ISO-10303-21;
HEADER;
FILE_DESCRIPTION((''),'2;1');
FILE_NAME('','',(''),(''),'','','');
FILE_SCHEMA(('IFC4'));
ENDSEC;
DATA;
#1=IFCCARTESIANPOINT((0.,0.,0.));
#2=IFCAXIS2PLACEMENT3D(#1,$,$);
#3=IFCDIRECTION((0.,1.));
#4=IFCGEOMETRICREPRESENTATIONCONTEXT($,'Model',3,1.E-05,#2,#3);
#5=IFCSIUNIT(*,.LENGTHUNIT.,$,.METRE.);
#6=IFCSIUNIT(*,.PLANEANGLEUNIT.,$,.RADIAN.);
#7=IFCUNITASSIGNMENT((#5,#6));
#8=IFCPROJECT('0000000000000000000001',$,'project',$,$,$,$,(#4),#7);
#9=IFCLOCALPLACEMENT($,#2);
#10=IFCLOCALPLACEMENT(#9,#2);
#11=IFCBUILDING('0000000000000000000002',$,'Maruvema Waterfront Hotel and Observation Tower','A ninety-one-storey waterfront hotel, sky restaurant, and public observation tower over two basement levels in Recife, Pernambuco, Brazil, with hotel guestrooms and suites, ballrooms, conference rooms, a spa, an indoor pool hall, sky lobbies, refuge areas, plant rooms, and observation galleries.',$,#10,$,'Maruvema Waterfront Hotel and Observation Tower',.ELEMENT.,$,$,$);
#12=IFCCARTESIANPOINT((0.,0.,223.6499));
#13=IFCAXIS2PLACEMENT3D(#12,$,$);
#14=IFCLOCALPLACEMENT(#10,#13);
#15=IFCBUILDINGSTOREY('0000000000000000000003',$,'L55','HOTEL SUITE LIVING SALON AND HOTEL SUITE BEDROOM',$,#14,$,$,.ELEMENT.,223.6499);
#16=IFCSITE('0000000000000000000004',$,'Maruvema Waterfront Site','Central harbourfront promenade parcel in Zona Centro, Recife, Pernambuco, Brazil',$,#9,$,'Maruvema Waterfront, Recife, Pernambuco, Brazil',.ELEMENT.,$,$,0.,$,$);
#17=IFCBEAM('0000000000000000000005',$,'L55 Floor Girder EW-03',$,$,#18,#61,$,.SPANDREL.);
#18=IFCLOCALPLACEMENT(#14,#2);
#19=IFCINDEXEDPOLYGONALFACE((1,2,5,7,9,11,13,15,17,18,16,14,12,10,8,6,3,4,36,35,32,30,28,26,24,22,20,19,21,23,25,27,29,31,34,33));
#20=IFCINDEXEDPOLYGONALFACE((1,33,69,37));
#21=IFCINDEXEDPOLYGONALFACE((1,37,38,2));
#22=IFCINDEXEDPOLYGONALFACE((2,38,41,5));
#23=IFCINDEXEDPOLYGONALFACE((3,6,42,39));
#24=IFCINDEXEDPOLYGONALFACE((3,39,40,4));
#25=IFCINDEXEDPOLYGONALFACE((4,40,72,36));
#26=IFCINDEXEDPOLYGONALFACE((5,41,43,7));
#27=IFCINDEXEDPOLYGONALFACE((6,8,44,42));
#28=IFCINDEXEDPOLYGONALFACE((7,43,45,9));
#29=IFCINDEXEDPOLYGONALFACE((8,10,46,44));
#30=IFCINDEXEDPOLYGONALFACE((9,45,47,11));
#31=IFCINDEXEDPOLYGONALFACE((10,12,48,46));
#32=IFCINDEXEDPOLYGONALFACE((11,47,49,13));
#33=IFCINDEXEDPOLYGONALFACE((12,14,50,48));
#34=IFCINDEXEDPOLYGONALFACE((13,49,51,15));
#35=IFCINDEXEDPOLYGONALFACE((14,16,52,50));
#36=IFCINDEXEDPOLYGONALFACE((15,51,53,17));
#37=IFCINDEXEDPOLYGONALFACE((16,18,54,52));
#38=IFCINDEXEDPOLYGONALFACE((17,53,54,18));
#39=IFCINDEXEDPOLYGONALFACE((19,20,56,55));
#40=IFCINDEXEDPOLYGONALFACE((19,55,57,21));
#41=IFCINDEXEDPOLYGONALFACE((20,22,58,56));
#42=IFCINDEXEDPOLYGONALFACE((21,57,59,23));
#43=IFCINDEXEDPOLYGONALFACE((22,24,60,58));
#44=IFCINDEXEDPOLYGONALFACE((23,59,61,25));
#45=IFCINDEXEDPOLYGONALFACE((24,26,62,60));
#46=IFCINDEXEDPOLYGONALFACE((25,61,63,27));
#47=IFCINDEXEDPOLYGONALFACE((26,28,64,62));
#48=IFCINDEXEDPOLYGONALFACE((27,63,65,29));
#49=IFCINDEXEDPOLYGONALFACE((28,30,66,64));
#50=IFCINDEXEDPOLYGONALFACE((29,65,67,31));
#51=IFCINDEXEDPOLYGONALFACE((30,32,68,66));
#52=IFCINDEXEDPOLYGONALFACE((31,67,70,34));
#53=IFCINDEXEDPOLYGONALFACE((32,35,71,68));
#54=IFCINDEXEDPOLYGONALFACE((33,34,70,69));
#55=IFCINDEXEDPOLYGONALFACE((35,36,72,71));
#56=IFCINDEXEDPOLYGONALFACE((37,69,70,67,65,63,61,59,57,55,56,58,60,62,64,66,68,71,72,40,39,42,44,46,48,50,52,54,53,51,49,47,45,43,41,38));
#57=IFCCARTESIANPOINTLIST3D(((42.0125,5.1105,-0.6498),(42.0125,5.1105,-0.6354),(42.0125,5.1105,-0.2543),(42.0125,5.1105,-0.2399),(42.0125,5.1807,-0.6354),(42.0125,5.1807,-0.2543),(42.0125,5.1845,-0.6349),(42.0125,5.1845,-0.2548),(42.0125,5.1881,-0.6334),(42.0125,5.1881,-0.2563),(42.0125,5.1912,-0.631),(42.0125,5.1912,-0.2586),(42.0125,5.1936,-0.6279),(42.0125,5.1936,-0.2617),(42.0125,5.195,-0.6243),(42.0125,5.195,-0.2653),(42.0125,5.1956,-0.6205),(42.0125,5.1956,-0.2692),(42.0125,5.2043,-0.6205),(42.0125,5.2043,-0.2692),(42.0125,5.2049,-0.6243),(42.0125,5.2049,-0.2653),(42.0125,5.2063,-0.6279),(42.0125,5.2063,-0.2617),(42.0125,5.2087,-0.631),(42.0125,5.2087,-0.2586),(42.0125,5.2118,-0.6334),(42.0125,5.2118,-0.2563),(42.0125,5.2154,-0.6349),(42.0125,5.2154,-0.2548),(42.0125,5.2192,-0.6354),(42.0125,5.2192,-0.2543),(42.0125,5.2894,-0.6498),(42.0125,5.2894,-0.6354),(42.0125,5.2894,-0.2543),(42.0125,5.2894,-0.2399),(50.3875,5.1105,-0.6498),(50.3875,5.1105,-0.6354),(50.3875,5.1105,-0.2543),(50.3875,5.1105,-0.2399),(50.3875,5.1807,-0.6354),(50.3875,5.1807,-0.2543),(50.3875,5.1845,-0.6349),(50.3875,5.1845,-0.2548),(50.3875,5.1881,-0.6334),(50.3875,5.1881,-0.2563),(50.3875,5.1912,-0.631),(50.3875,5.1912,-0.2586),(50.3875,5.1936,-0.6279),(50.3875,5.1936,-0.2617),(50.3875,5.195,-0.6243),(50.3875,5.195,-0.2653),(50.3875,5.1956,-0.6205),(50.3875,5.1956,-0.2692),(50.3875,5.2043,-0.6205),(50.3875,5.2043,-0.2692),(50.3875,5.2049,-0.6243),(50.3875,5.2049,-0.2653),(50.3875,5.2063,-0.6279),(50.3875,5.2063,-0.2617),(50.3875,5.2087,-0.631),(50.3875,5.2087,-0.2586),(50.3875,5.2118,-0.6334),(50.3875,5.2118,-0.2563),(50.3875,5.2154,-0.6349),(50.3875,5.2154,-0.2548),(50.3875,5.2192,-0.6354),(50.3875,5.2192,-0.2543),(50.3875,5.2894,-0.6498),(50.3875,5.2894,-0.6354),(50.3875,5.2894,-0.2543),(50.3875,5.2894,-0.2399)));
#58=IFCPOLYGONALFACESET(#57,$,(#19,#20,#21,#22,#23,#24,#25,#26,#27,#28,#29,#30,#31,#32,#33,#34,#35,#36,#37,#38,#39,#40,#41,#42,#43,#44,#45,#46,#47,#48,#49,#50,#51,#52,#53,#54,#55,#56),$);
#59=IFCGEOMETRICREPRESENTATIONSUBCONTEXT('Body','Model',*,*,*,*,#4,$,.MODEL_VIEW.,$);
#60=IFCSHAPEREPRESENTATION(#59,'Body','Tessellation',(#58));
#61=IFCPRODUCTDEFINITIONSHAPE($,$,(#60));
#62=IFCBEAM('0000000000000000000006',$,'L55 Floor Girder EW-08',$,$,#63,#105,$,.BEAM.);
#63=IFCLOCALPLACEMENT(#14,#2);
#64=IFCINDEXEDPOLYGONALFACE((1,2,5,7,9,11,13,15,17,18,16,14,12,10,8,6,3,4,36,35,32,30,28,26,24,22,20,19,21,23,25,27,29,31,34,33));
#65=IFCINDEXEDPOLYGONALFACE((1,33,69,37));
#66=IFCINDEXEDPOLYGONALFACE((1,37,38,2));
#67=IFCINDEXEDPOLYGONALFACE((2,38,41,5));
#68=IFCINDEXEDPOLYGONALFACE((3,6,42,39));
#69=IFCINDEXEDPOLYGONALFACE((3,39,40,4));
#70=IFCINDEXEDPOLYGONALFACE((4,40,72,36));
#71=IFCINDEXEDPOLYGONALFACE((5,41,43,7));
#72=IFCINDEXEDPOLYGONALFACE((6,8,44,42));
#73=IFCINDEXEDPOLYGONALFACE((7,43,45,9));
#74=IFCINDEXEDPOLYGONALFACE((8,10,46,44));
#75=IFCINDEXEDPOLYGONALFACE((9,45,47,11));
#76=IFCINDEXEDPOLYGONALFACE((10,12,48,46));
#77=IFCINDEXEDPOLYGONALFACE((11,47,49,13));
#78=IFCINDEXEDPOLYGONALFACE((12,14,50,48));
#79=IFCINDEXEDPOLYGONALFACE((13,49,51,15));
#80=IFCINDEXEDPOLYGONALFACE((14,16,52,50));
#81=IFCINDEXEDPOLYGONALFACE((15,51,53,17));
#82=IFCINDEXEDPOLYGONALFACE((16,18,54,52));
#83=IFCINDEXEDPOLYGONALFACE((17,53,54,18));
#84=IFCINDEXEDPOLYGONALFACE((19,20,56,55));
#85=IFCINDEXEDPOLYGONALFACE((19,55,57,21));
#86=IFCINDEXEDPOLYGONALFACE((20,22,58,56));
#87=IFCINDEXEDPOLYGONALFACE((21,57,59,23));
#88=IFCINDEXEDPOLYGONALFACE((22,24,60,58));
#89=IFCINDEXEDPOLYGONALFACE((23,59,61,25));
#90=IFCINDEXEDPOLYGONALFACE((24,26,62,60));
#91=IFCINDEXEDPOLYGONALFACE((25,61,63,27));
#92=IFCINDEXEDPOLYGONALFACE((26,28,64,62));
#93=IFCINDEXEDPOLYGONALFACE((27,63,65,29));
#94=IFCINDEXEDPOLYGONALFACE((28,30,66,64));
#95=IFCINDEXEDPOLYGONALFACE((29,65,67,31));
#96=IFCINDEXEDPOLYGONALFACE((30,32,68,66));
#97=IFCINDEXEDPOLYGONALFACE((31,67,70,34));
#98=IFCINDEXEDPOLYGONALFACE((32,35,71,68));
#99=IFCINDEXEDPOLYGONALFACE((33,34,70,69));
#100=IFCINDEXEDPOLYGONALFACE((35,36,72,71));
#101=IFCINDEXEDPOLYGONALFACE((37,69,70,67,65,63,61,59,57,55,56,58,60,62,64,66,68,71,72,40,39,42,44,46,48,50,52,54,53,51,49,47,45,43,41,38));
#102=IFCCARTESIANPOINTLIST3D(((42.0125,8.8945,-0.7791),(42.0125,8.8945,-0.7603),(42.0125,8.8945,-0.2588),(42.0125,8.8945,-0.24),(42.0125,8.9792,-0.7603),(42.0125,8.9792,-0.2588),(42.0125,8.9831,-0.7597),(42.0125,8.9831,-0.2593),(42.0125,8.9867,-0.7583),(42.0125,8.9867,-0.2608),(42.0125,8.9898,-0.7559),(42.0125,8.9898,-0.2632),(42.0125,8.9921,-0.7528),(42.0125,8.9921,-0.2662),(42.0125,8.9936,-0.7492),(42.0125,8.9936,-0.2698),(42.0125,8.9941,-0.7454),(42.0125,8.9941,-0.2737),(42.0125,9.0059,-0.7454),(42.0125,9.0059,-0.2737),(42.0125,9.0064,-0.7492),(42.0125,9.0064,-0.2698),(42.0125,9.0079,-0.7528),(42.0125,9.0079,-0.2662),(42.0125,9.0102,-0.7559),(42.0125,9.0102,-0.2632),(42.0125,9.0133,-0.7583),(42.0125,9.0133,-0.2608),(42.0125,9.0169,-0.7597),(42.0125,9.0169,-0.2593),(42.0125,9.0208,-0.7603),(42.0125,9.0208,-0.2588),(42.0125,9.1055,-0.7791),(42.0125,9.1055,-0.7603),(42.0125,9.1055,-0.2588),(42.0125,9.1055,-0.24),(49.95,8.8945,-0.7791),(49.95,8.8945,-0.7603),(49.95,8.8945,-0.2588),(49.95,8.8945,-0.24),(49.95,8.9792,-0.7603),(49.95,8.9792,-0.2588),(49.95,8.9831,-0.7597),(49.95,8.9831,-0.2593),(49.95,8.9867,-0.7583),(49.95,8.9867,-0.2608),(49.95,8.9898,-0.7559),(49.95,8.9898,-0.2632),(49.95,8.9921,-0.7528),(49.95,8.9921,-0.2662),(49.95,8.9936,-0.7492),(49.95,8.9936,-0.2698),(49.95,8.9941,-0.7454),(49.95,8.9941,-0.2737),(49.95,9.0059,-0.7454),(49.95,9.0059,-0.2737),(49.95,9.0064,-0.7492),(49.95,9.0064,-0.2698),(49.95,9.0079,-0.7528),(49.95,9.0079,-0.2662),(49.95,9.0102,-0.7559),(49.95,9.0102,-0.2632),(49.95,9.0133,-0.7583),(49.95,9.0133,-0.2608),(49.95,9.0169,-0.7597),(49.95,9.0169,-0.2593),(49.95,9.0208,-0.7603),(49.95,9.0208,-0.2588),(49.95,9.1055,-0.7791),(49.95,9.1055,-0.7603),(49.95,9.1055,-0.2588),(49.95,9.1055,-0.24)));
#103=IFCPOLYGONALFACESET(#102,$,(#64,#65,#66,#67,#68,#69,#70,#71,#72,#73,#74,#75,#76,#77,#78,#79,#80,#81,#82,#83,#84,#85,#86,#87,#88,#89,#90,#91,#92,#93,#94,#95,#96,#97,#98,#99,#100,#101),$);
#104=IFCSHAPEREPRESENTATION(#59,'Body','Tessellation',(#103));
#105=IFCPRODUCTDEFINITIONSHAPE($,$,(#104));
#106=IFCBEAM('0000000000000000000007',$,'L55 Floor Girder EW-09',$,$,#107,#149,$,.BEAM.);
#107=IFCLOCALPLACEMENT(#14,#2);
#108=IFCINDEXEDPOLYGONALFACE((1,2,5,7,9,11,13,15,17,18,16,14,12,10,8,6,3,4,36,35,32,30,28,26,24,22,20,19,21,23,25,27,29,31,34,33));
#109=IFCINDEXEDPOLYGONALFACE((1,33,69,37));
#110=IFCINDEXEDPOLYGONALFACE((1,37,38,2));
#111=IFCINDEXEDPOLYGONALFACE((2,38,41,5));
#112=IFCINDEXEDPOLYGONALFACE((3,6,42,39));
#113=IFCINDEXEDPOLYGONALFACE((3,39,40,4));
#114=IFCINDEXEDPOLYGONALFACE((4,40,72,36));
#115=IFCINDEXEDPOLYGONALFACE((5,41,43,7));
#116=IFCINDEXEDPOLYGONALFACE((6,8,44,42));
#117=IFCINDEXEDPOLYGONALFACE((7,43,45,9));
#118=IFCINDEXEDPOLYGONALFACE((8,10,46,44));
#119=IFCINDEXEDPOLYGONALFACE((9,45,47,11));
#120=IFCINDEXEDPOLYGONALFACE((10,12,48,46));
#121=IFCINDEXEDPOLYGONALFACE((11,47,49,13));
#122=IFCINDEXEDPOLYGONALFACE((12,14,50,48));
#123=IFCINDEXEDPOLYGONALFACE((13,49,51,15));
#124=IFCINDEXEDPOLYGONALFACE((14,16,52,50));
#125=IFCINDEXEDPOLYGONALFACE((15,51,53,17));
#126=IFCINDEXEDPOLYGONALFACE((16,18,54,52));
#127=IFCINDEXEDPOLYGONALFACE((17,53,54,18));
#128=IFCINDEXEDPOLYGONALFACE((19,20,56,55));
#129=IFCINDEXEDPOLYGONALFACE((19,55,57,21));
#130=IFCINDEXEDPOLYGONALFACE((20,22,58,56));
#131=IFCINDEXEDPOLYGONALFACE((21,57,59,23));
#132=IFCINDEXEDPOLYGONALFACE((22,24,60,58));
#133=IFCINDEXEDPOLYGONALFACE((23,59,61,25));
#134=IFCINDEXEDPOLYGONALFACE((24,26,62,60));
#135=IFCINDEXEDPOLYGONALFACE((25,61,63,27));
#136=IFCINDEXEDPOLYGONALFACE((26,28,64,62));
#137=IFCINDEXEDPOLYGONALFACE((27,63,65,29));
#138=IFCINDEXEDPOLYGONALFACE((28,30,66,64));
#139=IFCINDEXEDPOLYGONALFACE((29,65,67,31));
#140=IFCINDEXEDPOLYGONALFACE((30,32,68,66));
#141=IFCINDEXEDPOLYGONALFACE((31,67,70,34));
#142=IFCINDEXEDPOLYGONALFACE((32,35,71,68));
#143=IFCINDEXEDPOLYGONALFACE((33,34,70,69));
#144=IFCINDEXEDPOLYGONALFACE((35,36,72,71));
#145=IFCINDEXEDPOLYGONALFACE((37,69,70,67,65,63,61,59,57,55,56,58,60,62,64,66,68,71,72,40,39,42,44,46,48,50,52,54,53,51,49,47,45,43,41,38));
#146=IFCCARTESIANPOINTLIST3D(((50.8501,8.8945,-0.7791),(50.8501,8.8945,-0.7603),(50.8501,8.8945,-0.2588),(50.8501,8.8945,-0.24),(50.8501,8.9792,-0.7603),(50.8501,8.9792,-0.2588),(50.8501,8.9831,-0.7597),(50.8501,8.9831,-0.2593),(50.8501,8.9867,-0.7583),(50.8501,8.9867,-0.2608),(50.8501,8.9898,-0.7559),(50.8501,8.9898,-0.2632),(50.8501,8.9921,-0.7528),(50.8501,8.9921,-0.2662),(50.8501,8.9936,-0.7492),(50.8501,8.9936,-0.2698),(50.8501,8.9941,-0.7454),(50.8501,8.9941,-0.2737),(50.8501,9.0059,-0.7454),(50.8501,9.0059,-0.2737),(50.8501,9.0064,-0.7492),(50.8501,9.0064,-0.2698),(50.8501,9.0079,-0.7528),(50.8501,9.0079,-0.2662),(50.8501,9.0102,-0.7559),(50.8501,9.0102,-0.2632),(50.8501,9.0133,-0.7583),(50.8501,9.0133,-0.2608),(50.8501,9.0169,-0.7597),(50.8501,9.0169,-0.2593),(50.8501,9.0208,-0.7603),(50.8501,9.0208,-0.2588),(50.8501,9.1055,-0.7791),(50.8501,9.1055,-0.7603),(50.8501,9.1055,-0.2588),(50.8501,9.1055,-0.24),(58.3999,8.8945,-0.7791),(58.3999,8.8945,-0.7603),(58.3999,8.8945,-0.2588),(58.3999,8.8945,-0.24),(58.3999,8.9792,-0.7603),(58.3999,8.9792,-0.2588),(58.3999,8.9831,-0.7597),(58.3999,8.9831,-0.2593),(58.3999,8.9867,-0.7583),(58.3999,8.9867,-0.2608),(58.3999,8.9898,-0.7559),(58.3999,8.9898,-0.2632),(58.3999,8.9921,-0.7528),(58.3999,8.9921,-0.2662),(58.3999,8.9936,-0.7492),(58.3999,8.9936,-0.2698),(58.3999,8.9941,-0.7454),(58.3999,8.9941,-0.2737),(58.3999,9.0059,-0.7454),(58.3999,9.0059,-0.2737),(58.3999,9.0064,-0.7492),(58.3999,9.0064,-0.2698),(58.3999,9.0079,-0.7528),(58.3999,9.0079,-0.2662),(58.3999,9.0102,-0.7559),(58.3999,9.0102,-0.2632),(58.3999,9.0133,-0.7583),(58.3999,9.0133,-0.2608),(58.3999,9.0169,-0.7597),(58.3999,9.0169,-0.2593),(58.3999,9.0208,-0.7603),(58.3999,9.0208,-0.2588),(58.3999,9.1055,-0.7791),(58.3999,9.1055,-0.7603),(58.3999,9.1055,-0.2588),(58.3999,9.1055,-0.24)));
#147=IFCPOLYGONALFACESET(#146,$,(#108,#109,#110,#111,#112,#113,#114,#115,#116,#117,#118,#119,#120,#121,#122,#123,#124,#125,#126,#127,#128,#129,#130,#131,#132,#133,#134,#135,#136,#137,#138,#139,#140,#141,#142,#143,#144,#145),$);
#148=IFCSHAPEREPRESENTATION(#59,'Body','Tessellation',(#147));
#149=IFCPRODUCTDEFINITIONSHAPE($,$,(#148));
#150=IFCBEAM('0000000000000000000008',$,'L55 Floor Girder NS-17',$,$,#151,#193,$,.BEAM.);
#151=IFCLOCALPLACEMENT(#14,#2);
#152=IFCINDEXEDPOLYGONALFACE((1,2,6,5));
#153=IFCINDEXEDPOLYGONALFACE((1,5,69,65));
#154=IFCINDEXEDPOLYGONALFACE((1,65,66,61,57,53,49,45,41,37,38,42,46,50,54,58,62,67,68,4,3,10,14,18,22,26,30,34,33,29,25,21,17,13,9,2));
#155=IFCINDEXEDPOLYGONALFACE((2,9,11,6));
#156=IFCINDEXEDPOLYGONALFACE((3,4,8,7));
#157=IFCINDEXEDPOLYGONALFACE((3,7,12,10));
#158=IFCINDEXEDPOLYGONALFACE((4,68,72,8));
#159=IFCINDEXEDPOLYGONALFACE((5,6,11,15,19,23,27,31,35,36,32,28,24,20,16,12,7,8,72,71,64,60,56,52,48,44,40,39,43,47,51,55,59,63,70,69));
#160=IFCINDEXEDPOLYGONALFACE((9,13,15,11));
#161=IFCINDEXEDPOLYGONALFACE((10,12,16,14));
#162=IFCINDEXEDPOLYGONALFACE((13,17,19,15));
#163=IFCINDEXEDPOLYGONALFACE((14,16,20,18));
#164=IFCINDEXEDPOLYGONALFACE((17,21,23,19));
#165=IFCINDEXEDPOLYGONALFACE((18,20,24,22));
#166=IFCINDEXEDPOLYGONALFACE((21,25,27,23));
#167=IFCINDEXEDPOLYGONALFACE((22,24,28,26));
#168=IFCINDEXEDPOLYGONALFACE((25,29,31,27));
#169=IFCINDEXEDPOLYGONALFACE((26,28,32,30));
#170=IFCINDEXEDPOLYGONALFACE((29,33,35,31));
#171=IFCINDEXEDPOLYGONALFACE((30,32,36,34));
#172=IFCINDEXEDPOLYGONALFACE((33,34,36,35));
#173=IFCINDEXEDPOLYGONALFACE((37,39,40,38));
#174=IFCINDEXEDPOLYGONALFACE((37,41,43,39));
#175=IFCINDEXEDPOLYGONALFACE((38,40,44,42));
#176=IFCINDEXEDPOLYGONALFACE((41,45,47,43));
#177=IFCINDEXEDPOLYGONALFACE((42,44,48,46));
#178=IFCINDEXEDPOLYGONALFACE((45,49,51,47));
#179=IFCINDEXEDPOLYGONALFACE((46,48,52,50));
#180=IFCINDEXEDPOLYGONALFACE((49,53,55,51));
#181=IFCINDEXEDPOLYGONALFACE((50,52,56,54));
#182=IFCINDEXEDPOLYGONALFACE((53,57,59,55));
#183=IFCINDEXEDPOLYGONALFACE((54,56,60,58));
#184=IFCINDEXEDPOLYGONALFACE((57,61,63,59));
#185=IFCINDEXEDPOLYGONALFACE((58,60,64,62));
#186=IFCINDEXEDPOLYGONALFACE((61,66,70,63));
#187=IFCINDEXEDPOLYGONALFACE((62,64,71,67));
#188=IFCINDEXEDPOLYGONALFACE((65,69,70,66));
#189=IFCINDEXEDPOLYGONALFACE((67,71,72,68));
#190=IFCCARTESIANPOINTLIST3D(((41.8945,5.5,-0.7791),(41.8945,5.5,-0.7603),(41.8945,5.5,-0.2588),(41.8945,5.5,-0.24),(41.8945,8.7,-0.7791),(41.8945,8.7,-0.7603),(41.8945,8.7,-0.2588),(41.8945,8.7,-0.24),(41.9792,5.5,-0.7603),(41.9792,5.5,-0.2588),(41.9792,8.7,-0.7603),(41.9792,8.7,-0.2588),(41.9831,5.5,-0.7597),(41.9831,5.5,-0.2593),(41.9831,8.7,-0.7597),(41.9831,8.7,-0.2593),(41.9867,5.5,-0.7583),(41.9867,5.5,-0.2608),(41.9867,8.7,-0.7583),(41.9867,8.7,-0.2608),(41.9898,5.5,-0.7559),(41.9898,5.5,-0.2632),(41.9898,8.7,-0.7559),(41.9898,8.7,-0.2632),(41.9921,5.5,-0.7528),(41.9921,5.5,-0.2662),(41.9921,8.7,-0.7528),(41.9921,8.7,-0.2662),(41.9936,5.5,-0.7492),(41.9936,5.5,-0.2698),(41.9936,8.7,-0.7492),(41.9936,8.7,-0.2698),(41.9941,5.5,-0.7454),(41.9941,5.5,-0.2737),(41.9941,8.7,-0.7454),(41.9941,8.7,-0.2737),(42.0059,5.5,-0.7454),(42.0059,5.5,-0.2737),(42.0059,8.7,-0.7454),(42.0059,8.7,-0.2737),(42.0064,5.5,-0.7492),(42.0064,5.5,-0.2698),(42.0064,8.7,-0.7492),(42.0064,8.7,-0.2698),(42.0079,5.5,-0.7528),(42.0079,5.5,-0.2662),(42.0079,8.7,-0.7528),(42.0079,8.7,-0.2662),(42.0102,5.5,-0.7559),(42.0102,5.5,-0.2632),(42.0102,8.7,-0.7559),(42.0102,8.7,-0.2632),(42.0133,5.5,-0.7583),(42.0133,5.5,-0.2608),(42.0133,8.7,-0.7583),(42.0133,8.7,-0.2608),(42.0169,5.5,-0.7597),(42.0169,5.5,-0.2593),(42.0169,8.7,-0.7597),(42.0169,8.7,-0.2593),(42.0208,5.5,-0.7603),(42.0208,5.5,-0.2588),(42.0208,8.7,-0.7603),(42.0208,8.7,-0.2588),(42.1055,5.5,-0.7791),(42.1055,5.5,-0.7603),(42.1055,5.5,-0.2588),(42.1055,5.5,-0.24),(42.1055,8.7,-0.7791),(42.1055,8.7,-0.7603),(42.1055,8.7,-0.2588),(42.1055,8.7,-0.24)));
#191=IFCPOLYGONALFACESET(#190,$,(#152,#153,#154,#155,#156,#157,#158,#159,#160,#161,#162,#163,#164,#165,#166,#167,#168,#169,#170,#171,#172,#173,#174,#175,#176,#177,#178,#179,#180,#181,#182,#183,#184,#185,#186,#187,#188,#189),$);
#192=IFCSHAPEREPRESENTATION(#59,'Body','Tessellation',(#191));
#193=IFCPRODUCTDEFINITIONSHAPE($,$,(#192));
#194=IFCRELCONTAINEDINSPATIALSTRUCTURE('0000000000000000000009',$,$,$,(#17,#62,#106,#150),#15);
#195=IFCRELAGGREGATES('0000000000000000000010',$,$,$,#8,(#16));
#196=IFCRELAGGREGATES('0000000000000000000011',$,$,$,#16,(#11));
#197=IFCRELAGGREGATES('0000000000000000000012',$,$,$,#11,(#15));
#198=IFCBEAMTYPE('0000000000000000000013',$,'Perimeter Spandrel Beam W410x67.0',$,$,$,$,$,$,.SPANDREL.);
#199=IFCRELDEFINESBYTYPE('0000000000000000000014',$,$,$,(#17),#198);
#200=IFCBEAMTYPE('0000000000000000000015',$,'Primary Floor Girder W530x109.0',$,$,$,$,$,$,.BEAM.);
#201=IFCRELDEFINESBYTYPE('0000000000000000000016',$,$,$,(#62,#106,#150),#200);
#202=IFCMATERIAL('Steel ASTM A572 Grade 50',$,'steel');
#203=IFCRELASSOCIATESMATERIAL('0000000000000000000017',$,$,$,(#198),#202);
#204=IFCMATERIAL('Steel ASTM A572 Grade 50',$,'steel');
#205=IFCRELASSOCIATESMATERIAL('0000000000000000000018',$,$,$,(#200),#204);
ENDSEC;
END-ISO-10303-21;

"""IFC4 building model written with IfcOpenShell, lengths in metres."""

from ifc_helpers import new_model, si_unit, direction, frame, origin, origin_2d, place, context, subcontext, project, spatial, i_section, extrude, material, material_profile, profile_set, type_object, element, save


model = new_model("IFC4")

# Units and contexts
model_context = context("Model", 3, precision=1e-05, world=origin(), true_north=direction((0.0, 1.0)))
body_context = subcontext(model_context, "Body", "Model", "MODEL_VIEW")
ifc_project = project(units=[si_unit("LENGTHUNIT", "METRE"), si_unit("PLANEANGLEUNIT", "RADIAN")], contexts=[model_context])

# Site, building, storey
site_placement = place(None, origin())
site = spatial("IfcSite", under=ifc_project, at=site_placement, Name="Maruvema Waterfront Site", Description="Central harbourfront promenade parcel in Zona Centro, Recife, Pernambuco, Brazil", LongName="Maruvema Waterfront, Recife, Pernambuco, Brazil", CompositionType="ELEMENT", RefElevation=0.0)
building_placement = place(site_placement, origin())
building = spatial("IfcBuilding", under=site, at=building_placement, Name="Maruvema Waterfront Hotel and Observation Tower", Description="A ninety-one-storey waterfront hotel, sky restaurant, and public observation tower over two basement levels in Recife, Pernambuco, Brazil, with hotel guestrooms and suites, ballrooms, conference rooms, a spa, an indoor pool hall, sky lobbies, refuge areas, plant rooms, and observation galleries.", LongName="Maruvema Waterfront Hotel and Observation Tower", CompositionType="ELEMENT")
storey_placement = place(building_placement, frame((0.0, 0.0, 223.6499)))
storey = spatial("IfcBuildingStorey", under=building, at=storey_placement, Name="L55", Description="HOTEL SUITE LIVING SALON AND HOTEL SUITE BEDROOM", CompositionType="ELEMENT", Elevation=223.6499)

# Beams
ifc_material_1 = material(Name="Steel ASTM A572 Grade 50", Category="steel")
ifc_material_profile_1 = material_profile(ifc_material_1, i_section(OverallWidth=0.179, OverallDepth=0.4099, WebThickness=0.0088, FlangeThickness=0.0144, FilletRadius=0.0149, at=origin_2d()), Name="W410x67.0")
ifc_profile_set_1 = profile_set([ifc_material_profile_1], Name="Steel ASTM A572 Grade 50")
beam_type_1 = type_object("IfcBeamType", Name="Perimeter Spandrel Beam W410x67.0", PredefinedType="SPANDREL", material=ifc_profile_set_1)
beam_1_placement = place(storey_placement, frame((42.0125, 5.2, -0.4448), z_axis=(1.0, 0.0, 0.0), x_axis=(0.0, 1.0, 0.0)))
element("IfcBeam", 1, at=beam_1_placement, inside=storey, type_object=beam_type_1, Name="L55 Floor Girder EW-03", PredefinedType="SPANDREL", context=body_context, shape_type="SweptSolid", body=[
    extrude(i_section(OverallWidth=0.179, OverallDepth=0.4099, WebThickness=0.0088, FlangeThickness=0.0144, FilletRadius=0.0149, at=origin_2d()), origin(), (0.0, 0.0, 1.0), 8.375),
])
ifc_material_2 = material(Name="Steel ASTM A572 Grade 50", Category="steel")
ifc_material_profile_2 = material_profile(ifc_material_2, i_section(OverallWidth=0.2109, OverallDepth=0.5391, WebThickness=0.0117, FlangeThickness=0.0188, FilletRadius=0.0149, at=origin_2d()), Name="W530x109.0")
ifc_profile_set_2 = profile_set([ifc_material_profile_2], Name="Steel ASTM A572 Grade 50")
beam_type_2 = type_object("IfcBeamType", Name="Primary Floor Girder W530x109.0", PredefinedType="BEAM", material=ifc_profile_set_2)
beam_2_placement = place(storey_placement, frame((42.0125, 9.0, -0.5095), z_axis=(1.0, 0.0, 0.0), x_axis=(0.0, 1.0, 0.0)))
element("IfcBeam", 2, at=beam_2_placement, inside=storey, type_object=beam_type_2, Name="L55 Floor Girder EW-08", PredefinedType="BEAM", context=body_context, shape_type="SweptSolid", body=[
    extrude(i_section(OverallWidth=0.2109, OverallDepth=0.5391, WebThickness=0.0117, FlangeThickness=0.0188, FilletRadius=0.0149, at=origin_2d()), origin(), (0.0, 0.0, 1.0), 7.9375),
])
beam_3_placement = place(storey_placement, frame((50.8501, 9.0, -0.5095), z_axis=(1.0, 0.0, 0.0), x_axis=(0.0, 1.0, 0.0)))
element("IfcBeam", 3, at=beam_3_placement, inside=storey, type_object=beam_type_2, Name="L55 Floor Girder EW-09", PredefinedType="BEAM", context=body_context, shape_type="SweptSolid", body=[
    extrude(i_section(OverallWidth=0.2109, OverallDepth=0.5391, WebThickness=0.0117, FlangeThickness=0.0188, FilletRadius=0.0149, at=origin_2d()), origin(), (0.0, 0.0, 1.0), 7.5498),
])
beam_4_placement = place(storey_placement, frame((42.0, 5.5, -0.5095), z_axis=(0.0, 1.0, 0.0), x_axis=(-1.0, 0.0, 0.0)))
element("IfcBeam", 4, at=beam_4_placement, inside=storey, type_object=beam_type_2, Name="L55 Floor Girder NS-17", PredefinedType="BEAM", context=body_context, shape_type="SweptSolid", body=[
    extrude(i_section(OverallWidth=0.2109, OverallDepth=0.5391, WebThickness=0.0117, FlangeThickness=0.0188, FilletRadius=0.0149, at=origin_2d()), origin(), (0.0, 0.0, 1.0), 3.2),
])

save(model, "model.ifc")
